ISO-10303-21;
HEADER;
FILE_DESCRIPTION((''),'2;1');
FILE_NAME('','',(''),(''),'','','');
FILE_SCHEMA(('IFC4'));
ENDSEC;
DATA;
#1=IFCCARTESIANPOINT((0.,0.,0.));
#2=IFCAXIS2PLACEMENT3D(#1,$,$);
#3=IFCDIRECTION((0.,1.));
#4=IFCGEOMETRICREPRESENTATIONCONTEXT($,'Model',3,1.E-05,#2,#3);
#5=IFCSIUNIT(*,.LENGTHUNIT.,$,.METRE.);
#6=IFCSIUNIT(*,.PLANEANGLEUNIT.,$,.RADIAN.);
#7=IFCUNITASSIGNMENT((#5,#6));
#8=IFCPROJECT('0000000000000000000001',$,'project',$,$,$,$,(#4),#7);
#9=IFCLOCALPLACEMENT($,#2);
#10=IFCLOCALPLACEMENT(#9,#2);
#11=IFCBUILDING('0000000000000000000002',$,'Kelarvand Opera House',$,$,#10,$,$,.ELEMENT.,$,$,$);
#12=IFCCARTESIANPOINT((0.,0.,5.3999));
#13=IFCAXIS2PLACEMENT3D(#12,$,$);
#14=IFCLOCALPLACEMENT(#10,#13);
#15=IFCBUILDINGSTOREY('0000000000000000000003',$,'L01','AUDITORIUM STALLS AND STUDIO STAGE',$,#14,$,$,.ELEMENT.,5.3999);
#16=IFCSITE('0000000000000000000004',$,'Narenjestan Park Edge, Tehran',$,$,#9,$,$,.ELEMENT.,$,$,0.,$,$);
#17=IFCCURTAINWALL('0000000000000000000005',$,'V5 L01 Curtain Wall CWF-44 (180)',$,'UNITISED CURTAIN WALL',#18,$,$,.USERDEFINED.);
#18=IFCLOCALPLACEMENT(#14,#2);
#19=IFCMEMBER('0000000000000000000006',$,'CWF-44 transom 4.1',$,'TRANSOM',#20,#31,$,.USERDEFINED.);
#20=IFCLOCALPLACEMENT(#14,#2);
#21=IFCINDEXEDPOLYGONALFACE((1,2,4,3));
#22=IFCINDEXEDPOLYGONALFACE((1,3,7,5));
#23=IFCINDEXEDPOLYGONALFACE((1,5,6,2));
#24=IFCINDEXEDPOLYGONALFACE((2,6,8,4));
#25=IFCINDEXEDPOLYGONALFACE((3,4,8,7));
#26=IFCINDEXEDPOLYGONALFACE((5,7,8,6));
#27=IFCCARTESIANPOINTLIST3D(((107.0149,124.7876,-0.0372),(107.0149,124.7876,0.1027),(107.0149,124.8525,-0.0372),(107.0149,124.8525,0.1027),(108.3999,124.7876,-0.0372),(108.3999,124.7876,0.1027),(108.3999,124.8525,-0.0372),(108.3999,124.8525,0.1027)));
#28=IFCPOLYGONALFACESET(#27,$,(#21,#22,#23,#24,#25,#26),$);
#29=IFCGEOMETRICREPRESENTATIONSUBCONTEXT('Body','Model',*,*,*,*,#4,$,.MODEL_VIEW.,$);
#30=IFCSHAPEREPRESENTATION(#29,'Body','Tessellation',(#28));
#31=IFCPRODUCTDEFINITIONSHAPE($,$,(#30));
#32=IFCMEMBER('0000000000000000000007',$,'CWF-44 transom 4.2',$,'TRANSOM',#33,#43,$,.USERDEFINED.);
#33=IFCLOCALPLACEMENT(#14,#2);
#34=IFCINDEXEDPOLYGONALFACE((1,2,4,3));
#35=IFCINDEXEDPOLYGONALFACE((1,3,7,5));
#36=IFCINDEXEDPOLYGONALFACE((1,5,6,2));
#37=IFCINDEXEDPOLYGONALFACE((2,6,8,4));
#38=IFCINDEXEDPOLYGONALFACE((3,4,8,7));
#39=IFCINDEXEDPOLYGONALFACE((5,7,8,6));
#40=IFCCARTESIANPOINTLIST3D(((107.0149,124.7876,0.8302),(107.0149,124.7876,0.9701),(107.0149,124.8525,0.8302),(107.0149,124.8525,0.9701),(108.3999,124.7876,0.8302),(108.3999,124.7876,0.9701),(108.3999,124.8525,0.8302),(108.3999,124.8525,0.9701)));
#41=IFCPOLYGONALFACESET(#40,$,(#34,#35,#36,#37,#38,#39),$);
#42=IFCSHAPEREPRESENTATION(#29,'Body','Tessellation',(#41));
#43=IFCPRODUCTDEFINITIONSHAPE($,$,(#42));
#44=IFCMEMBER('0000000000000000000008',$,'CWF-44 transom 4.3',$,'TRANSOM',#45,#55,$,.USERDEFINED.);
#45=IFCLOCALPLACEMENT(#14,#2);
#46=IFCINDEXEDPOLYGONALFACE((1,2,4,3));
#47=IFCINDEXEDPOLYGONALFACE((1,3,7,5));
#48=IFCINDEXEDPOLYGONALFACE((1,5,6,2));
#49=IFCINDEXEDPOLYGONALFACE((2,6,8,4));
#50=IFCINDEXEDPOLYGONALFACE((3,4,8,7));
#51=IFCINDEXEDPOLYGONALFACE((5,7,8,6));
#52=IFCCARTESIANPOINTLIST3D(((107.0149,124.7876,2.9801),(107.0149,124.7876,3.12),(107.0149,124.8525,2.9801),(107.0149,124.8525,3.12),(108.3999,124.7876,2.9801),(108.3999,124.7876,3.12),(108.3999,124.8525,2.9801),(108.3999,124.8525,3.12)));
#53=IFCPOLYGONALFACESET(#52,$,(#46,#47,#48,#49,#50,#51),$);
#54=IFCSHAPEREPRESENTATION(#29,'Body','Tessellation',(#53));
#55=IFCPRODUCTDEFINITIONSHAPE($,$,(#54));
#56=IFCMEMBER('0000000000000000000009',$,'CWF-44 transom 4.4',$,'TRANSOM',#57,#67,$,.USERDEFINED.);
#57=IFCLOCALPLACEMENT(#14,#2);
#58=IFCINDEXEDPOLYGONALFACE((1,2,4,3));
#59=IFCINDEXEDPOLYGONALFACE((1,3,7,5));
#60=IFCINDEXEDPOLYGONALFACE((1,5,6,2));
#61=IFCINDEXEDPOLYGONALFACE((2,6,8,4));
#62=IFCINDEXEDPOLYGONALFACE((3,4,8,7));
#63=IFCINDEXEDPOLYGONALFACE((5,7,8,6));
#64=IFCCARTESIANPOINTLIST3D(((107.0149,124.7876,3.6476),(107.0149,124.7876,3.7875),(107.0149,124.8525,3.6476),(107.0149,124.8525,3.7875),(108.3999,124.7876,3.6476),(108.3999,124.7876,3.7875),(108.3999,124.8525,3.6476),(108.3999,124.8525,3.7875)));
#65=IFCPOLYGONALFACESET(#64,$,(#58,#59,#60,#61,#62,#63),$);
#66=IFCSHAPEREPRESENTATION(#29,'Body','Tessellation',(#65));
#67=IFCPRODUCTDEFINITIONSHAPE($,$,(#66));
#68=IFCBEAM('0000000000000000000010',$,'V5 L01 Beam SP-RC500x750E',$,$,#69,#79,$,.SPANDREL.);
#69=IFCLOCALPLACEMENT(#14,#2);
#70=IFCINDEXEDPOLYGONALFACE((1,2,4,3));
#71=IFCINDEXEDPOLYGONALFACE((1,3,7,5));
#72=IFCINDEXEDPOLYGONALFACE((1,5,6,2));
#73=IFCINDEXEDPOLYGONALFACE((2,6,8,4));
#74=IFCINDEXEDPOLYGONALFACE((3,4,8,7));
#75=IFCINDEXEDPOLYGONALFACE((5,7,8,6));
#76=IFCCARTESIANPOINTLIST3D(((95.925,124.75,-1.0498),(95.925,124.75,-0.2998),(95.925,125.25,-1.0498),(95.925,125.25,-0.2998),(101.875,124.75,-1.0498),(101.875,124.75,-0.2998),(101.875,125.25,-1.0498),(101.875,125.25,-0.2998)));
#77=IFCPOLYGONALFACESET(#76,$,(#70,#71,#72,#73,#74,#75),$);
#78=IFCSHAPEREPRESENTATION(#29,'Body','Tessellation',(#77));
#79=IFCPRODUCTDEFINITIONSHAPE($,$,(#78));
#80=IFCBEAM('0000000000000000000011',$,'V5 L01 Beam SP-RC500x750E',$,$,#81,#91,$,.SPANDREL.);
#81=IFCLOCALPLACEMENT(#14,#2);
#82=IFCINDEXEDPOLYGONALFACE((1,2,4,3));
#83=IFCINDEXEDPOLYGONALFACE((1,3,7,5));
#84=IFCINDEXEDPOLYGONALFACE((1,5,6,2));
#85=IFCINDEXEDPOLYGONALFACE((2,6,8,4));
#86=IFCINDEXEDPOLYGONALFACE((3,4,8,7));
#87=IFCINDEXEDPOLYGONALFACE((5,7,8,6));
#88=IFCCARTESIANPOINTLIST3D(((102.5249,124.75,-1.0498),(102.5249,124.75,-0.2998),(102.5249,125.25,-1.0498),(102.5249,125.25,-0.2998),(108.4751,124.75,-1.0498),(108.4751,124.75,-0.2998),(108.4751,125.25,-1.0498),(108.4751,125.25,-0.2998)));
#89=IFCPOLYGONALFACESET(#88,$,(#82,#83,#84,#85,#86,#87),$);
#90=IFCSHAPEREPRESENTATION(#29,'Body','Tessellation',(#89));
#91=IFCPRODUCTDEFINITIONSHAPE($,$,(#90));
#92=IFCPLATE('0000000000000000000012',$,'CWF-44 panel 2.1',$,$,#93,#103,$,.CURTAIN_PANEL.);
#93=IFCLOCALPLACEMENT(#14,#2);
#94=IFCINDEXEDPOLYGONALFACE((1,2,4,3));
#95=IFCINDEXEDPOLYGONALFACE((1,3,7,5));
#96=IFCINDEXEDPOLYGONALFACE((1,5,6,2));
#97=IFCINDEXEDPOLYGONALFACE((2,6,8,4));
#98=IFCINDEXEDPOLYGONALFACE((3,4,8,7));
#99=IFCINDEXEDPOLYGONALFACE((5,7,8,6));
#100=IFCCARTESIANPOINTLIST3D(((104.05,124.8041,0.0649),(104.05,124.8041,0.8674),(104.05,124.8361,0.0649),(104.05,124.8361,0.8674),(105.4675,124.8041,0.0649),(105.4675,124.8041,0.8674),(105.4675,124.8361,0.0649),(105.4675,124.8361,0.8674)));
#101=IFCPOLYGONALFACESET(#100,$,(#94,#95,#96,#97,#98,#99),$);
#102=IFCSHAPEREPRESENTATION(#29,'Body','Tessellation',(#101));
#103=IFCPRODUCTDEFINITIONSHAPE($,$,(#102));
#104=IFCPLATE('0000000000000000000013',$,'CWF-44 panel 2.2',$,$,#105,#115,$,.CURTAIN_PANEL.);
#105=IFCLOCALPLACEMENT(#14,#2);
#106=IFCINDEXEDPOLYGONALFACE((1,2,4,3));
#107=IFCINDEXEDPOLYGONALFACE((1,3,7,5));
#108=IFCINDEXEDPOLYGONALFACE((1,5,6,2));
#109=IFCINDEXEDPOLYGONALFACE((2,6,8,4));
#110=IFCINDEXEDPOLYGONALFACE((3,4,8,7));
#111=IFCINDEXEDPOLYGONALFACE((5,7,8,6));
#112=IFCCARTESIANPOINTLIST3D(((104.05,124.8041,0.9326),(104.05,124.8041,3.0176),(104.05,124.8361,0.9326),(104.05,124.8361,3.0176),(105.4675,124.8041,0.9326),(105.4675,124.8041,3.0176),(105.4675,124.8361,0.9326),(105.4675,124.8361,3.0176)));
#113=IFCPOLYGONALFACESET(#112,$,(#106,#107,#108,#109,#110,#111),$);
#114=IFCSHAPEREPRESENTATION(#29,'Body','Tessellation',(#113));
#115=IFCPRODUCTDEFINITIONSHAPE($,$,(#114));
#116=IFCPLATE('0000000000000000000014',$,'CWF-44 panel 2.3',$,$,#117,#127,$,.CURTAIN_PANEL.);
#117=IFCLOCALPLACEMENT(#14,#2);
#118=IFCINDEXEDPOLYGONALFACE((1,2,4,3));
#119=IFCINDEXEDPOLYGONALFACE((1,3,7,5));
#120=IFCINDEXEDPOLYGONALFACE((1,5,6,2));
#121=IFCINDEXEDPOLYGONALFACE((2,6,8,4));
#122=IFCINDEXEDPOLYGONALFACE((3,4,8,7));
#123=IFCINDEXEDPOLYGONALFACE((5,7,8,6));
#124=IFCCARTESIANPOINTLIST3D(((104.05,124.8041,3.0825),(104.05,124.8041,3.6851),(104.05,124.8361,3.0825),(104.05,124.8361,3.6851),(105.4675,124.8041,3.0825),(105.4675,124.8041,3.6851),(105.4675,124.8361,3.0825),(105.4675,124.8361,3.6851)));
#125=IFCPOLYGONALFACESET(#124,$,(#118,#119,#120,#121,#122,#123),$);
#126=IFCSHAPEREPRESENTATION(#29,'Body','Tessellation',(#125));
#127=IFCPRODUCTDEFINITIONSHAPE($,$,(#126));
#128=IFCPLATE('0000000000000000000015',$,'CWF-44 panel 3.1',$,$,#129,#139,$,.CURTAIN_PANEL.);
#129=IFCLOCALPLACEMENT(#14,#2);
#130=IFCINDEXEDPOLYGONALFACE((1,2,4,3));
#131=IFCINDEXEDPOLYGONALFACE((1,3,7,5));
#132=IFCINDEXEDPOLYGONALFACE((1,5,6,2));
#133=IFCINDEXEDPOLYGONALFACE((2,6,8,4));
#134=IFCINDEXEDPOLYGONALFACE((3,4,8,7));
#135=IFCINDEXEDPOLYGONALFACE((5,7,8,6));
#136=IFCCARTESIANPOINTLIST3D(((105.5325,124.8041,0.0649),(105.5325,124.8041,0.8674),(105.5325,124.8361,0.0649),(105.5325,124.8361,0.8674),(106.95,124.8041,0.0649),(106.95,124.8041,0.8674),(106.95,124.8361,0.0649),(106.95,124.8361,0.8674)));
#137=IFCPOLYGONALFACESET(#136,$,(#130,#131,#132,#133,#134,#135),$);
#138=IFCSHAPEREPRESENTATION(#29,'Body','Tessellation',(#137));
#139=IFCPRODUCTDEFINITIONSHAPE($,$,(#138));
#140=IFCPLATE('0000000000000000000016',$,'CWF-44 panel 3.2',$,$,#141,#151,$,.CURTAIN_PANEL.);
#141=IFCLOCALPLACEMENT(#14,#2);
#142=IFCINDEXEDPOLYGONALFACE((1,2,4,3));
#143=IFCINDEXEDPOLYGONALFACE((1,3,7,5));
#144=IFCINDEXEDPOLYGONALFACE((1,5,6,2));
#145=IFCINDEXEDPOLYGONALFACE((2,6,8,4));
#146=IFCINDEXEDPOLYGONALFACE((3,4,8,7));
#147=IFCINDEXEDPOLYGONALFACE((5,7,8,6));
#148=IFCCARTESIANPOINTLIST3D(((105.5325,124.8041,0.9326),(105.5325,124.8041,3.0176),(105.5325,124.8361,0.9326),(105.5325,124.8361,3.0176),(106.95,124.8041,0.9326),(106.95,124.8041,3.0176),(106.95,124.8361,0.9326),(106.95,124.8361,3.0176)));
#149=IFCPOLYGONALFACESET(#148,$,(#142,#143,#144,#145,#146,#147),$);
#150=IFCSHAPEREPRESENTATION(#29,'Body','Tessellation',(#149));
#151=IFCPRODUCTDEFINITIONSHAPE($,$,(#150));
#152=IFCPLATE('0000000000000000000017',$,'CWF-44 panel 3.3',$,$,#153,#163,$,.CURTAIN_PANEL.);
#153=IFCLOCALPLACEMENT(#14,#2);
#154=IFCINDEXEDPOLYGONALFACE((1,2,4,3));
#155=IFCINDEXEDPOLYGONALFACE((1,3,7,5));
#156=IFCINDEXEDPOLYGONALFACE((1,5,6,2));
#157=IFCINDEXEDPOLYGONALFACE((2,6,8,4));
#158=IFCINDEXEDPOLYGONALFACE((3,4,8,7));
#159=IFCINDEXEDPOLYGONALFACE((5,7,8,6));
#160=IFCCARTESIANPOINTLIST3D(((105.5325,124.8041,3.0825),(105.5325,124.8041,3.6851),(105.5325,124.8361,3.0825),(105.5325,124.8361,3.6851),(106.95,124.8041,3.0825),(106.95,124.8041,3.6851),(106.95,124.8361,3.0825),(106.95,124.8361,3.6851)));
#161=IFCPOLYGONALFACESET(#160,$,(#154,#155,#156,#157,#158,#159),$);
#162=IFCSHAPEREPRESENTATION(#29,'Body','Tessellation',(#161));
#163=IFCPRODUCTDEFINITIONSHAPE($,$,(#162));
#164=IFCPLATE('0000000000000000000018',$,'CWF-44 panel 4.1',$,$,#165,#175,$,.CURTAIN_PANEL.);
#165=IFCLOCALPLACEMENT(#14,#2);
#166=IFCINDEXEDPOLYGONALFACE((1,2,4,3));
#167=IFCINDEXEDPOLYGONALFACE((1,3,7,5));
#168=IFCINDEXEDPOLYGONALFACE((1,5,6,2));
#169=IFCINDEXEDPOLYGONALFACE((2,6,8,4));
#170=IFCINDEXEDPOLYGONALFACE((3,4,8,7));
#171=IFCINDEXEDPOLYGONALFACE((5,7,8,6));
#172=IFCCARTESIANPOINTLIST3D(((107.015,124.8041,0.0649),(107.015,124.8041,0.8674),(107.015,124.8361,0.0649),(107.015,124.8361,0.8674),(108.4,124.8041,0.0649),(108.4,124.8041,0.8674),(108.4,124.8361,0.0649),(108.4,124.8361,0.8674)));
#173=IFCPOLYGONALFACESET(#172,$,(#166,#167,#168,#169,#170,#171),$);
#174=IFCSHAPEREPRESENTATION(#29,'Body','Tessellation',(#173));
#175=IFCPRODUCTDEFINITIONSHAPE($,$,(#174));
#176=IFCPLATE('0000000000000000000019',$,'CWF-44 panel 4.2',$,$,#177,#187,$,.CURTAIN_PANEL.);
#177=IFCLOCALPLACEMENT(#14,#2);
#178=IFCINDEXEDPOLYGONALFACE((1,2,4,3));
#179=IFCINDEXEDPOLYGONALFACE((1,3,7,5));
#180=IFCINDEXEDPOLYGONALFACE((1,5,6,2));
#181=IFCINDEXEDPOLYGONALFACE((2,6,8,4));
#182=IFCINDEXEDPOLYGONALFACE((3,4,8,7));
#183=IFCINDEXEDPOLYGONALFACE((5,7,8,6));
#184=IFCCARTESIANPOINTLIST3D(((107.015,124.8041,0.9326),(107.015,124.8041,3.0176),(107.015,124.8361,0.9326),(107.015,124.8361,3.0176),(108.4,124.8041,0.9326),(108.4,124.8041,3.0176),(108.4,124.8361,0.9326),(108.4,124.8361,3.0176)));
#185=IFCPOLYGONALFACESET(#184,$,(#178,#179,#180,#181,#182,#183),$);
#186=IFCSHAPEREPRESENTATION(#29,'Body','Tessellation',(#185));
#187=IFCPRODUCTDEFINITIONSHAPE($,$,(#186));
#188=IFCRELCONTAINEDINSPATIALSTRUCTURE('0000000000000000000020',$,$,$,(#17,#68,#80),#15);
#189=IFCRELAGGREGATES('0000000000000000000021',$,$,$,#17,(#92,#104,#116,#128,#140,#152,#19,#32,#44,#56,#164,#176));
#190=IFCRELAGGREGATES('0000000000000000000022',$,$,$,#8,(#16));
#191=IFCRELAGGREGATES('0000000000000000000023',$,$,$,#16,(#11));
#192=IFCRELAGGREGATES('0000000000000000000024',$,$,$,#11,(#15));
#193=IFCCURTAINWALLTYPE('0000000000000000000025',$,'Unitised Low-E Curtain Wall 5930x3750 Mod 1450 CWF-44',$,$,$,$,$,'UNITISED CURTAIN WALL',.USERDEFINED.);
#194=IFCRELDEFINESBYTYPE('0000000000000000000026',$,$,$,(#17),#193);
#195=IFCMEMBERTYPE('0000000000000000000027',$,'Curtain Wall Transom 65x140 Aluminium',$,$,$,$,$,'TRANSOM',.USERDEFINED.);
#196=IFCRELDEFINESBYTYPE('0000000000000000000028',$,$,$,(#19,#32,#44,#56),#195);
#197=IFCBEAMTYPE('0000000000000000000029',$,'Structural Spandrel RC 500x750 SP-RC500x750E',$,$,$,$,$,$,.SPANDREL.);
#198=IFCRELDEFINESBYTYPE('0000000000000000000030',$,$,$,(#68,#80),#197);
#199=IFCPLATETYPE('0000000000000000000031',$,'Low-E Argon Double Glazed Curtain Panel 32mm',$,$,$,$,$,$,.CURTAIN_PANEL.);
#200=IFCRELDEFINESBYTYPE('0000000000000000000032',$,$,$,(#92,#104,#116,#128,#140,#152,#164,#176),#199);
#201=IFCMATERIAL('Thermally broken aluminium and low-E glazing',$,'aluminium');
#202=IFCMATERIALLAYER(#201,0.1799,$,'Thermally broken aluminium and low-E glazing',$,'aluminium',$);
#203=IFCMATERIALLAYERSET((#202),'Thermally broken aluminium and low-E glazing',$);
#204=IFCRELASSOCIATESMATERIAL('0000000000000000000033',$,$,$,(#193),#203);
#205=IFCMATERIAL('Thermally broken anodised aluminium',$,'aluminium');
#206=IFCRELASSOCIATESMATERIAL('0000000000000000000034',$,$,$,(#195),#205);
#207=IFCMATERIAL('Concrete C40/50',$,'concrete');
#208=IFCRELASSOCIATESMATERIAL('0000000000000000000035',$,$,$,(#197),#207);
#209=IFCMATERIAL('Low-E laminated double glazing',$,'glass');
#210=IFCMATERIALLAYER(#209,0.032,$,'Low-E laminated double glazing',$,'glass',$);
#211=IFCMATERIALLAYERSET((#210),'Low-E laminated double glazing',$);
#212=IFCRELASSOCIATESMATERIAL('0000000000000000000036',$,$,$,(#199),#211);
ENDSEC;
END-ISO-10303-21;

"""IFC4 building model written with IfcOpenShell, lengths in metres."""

from ifc_helpers import new_model, si_unit, direction, frame, origin, origin_2d, place, context, subcontext, project, spatial, rectangle, extrude, material, layer, layer_set, material_profile, profile_set, type_object, element, aggregate, save


model = new_model("IFC4")

# Units and contexts
model_context = context("Model", 3, precision=1e-05, world=origin(), true_north=direction((0.0, 1.0)))
body_context = subcontext(model_context, "Body", "Model", "MODEL_VIEW")
ifc_project = project(units=[si_unit("LENGTHUNIT", "METRE"), si_unit("PLANEANGLEUNIT", "RADIAN")], contexts=[model_context])

# Site, building, storey
site_placement = place(None, origin())
site = spatial("IfcSite", under=ifc_project, at=site_placement, Name="Narenjestan Park Edge, Tehran", CompositionType="ELEMENT", RefElevation=0.0)
building_placement = place(site_placement, origin())
building = spatial("IfcBuilding", under=site, at=building_placement, Name="Kelarvand Opera House", CompositionType="ELEMENT")
storey_placement = place(building_placement, frame((0.0, 0.0, 5.3999)))
storey = spatial("IfcBuildingStorey", under=building, at=storey_placement, Name="L01", Description="AUDITORIUM STALLS AND STUDIO STAGE", CompositionType="ELEMENT", Elevation=5.3999)

# Shared definitions
ifc_material_1 = material(Name="Concrete C40/50", Category="concrete")

# Curtain wall, members
ifc_material_2 = material(Name="Thermally broken aluminium and low-E glazing", Category="aluminium")
ifc_layer_1 = layer(ifc_material_2, 0.1799, Name="Thermally broken aluminium and low-E glazing", Category="aluminium")
ifc_layer_set_1 = layer_set([ifc_layer_1], Name="Thermally broken aluminium and low-E glazing")
curtain_wall_type = type_object("IfcCurtainWallType", Name="Unitised Low-E Curtain Wall 5930x3750 Mod 1450 CWF-44", ElementType="UNITISED CURTAIN WALL", PredefinedType="USERDEFINED", material=ifc_layer_set_1)
curtain_wall_placement = place(storey_placement, origin())
curtain_wall = element("IfcCurtainWall", 1, at=curtain_wall_placement, inside=storey, type_object=curtain_wall_type, Name="V5 L01 Curtain Wall CWF-44 (180)", ObjectType="UNITISED CURTAIN WALL", PredefinedType="USERDEFINED")
ifc_material_3 = material(Name="Thermally broken anodised aluminium", Category="aluminium")
ifc_material_profile_1 = material_profile(ifc_material_3, rectangle(XDim=0.0649, YDim=0.1399, at=origin_2d()), Name="ALU TRANSOM 65x140", Category="aluminium")
ifc_profile_set_1 = profile_set([ifc_material_profile_1], Name="Thermally broken anodised aluminium")
member_type_1 = type_object("IfcMemberType", Name="Curtain Wall Transom 65x140 Aluminium", ElementType="TRANSOM", PredefinedType="USERDEFINED", material=ifc_profile_set_1)
member_1_placement = place(storey_placement, frame((107.0149, 124.8201, 0.0327), z_axis=(1.0, 0.0, 0.0), x_axis=(0.0, 1.0, 0.0)))
member_1 = element("IfcMember", 2, at=member_1_placement, type_object=member_type_1, Name="CWF-44 transom 4.1", ObjectType="TRANSOM", PredefinedType="USERDEFINED", context=body_context, shape_type="SweptSolid", body=[
    extrude(rectangle(XDim=0.0649, YDim=0.1399, at=origin_2d()), origin(), (0.0, 0.0, 1.0), 1.385),
])
member_2_placement = place(storey_placement, frame((107.0149, 124.8201, 0.9001), z_axis=(1.0, 0.0, 0.0), x_axis=(0.0, 1.0, 0.0)))
member_2 = element("IfcMember", 3, at=member_2_placement, type_object=member_type_1, Name="CWF-44 transom 4.2", ObjectType="TRANSOM", PredefinedType="USERDEFINED", context=body_context, shape_type="SweptSolid", body=[
    extrude(rectangle(XDim=0.0649, YDim=0.1399, at=origin_2d()), origin(), (0.0, 0.0, 1.0), 1.385),
])
member_3_placement = place(storey_placement, frame((107.0149, 124.8201, 3.05), z_axis=(1.0, 0.0, 0.0), x_axis=(0.0, 1.0, 0.0)))
member_3 = element("IfcMember", 4, at=member_3_placement, type_object=member_type_1, Name="CWF-44 transom 4.3", ObjectType="TRANSOM", PredefinedType="USERDEFINED", context=body_context, shape_type="SweptSolid", body=[
    extrude(rectangle(XDim=0.0649, YDim=0.1399, at=origin_2d()), origin(), (0.0, 0.0, 1.0), 1.385),
])
member_4_placement = place(storey_placement, frame((107.0149, 124.8201, 3.7175), z_axis=(1.0, 0.0, 0.0), x_axis=(0.0, 1.0, 0.0)))
member_4 = element("IfcMember", 5, at=member_4_placement, type_object=member_type_1, Name="CWF-44 transom 4.4", ObjectType="TRANSOM", PredefinedType="USERDEFINED", context=body_context, shape_type="SweptSolid", body=[
    extrude(rectangle(XDim=0.0649, YDim=0.1399, at=origin_2d()), origin(), (0.0, 0.0, 1.0), 1.385),
])

# Beams
ifc_material_profile_2 = material_profile(ifc_material_1, rectangle(XDim=0.5, YDim=0.75, at=origin_2d()), Name="RC 500x750", Category="concrete")
ifc_profile_set_2 = profile_set([ifc_material_profile_2], Name="Concrete C40/50")
beam_type = type_object("IfcBeamType", Name="Structural Spandrel RC 500x750 SP-RC500x750E", PredefinedType="SPANDREL", material=ifc_profile_set_2)
beam_1_placement = place(storey_placement, frame((95.925, 125.0, -0.6748), z_axis=(1.0, 0.0, 0.0), x_axis=(0.0, 1.0, 0.0)))
element("IfcBeam", 6, at=beam_1_placement, inside=storey, type_object=beam_type, Name="V5 L01 Beam SP-RC500x750E", PredefinedType="SPANDREL", context=body_context, shape_type="SweptSolid", body=[
    extrude(rectangle(XDim=0.5, YDim=0.75, at=origin_2d()), origin(), (0.0, 0.0, 1.0), 5.95),
])
beam_2_placement = place(storey_placement, frame((102.5249, 125.0, -0.6748), z_axis=(1.0, 0.0, 0.0), x_axis=(0.0, 1.0, 0.0)))
element("IfcBeam", 7, at=beam_2_placement, inside=storey, type_object=beam_type, Name="V5 L01 Beam SP-RC500x750E", PredefinedType="SPANDREL", context=body_context, shape_type="SweptSolid", body=[
    extrude(rectangle(XDim=0.5, YDim=0.75, at=origin_2d()), origin(), (0.0, 0.0, 1.0), 5.9502),
])

# Plates
ifc_material_4 = material(Name="Low-E laminated double glazing", Category="glass")
ifc_layer_2 = layer(ifc_material_4, 0.032, Name="Low-E laminated double glazing", Category="glass")
ifc_layer_set_2 = layer_set([ifc_layer_2], Name="Low-E laminated double glazing")
plate_type = type_object("IfcPlateType", Name="Low-E Argon Double Glazed Curtain Panel 32mm", PredefinedType="CURTAIN_PANEL", material=ifc_layer_set_2)
plate_1_placement = place(storey_placement, frame((104.7588, 124.8201, 0.0649), z_axis=(0.0, 0.0, 1.0), x_axis=(1.0, 0.0, 0.0)))
plate_1 = element("IfcPlate", 8, at=plate_1_placement, type_object=plate_type, Name="CWF-44 panel 2.1", PredefinedType="CURTAIN_PANEL", context=body_context, shape_type="SweptSolid", body=[
    extrude(rectangle(XDim=1.4175, YDim=0.032, at=origin_2d()), origin(), (0.0, 0.0, 1.0), 0.8025),
])
plate_2_placement = place(storey_placement, frame((104.7588, 124.8201, 0.9326), z_axis=(0.0, 0.0, 1.0), x_axis=(1.0, 0.0, 0.0)))
plate_2 = element("IfcPlate", 9, at=plate_2_placement, type_object=plate_type, Name="CWF-44 panel 2.2", PredefinedType="CURTAIN_PANEL", context=body_context, shape_type="SweptSolid", body=[
    extrude(rectangle(XDim=1.4175, YDim=0.032, at=origin_2d()), origin(), (0.0, 0.0, 1.0), 2.085),
])
plate_3_placement = place(storey_placement, frame((104.7588, 124.8201, 3.0825), z_axis=(0.0, 0.0, 1.0), x_axis=(1.0, 0.0, 0.0)))
plate_3 = element("IfcPlate", 10, at=plate_3_placement, type_object=plate_type, Name="CWF-44 panel 2.3", PredefinedType="CURTAIN_PANEL", context=body_context, shape_type="SweptSolid", body=[
    extrude(rectangle(XDim=1.4175, YDim=0.032, at=origin_2d()), origin(), (0.0, 0.0, 1.0), 0.6025),
])
plate_4_placement = place(storey_placement, frame((106.2412, 124.8201, 0.0649), z_axis=(0.0, 0.0, 1.0), x_axis=(1.0, 0.0, 0.0)))
plate_4 = element("IfcPlate", 11, at=plate_4_placement, type_object=plate_type, Name="CWF-44 panel 3.1", PredefinedType="CURTAIN_PANEL", context=body_context, shape_type="SweptSolid", body=[
    extrude(rectangle(XDim=1.4175, YDim=0.032, at=origin_2d()), origin(), (0.0, 0.0, 1.0), 0.8025),
])
plate_5_placement = place(storey_placement, frame((106.2412, 124.8201, 0.9326), z_axis=(0.0, 0.0, 1.0), x_axis=(1.0, 0.0, 0.0)))
plate_5 = element("IfcPlate", 12, at=plate_5_placement, type_object=plate_type, Name="CWF-44 panel 3.2", PredefinedType="CURTAIN_PANEL", context=body_context, shape_type="SweptSolid", body=[
    extrude(rectangle(XDim=1.4175, YDim=0.032, at=origin_2d()), origin(), (0.0, 0.0, 1.0), 2.085),
])
plate_6_placement = place(storey_placement, frame((106.2412, 124.8201, 3.0825), z_axis=(0.0, 0.0, 1.0), x_axis=(1.0, 0.0, 0.0)))
plate_6 = element("IfcPlate", 13, at=plate_6_placement, type_object=plate_type, Name="CWF-44 panel 3.3", PredefinedType="CURTAIN_PANEL", context=body_context, shape_type="SweptSolid", body=[
    extrude(rectangle(XDim=1.4175, YDim=0.032, at=origin_2d()), origin(), (0.0, 0.0, 1.0), 0.6025),
])
plate_7_placement = place(storey_placement, frame((107.7075, 124.8201, 0.0649), z_axis=(0.0, 0.0, 1.0), x_axis=(1.0, 0.0, 0.0)))
plate_7 = element("IfcPlate", 14, at=plate_7_placement, type_object=plate_type, Name="CWF-44 panel 4.1", PredefinedType="CURTAIN_PANEL", context=body_context, shape_type="SweptSolid", body=[
    extrude(rectangle(XDim=1.385, YDim=0.032, at=origin_2d()), origin(), (0.0, 0.0, 1.0), 0.8025),
])
plate_8_placement = place(storey_placement, frame((107.7075, 124.8201, 0.9326), z_axis=(0.0, 0.0, 1.0), x_axis=(1.0, 0.0, 0.0)))
plate_8 = element("IfcPlate", 15, at=plate_8_placement, type_object=plate_type, Name="CWF-44 panel 4.2", PredefinedType="CURTAIN_PANEL", context=body_context, shape_type="SweptSolid", body=[
    extrude(rectangle(XDim=1.385, YDim=0.032, at=origin_2d()), origin(), (0.0, 0.0, 1.0), 2.085),
])
aggregate(curtain_wall, [plate_1, plate_2, plate_3, plate_4, plate_5, plate_6, member_1, member_2, member_3, member_4, plate_7, plate_8])

save(model, "model.ifc")
